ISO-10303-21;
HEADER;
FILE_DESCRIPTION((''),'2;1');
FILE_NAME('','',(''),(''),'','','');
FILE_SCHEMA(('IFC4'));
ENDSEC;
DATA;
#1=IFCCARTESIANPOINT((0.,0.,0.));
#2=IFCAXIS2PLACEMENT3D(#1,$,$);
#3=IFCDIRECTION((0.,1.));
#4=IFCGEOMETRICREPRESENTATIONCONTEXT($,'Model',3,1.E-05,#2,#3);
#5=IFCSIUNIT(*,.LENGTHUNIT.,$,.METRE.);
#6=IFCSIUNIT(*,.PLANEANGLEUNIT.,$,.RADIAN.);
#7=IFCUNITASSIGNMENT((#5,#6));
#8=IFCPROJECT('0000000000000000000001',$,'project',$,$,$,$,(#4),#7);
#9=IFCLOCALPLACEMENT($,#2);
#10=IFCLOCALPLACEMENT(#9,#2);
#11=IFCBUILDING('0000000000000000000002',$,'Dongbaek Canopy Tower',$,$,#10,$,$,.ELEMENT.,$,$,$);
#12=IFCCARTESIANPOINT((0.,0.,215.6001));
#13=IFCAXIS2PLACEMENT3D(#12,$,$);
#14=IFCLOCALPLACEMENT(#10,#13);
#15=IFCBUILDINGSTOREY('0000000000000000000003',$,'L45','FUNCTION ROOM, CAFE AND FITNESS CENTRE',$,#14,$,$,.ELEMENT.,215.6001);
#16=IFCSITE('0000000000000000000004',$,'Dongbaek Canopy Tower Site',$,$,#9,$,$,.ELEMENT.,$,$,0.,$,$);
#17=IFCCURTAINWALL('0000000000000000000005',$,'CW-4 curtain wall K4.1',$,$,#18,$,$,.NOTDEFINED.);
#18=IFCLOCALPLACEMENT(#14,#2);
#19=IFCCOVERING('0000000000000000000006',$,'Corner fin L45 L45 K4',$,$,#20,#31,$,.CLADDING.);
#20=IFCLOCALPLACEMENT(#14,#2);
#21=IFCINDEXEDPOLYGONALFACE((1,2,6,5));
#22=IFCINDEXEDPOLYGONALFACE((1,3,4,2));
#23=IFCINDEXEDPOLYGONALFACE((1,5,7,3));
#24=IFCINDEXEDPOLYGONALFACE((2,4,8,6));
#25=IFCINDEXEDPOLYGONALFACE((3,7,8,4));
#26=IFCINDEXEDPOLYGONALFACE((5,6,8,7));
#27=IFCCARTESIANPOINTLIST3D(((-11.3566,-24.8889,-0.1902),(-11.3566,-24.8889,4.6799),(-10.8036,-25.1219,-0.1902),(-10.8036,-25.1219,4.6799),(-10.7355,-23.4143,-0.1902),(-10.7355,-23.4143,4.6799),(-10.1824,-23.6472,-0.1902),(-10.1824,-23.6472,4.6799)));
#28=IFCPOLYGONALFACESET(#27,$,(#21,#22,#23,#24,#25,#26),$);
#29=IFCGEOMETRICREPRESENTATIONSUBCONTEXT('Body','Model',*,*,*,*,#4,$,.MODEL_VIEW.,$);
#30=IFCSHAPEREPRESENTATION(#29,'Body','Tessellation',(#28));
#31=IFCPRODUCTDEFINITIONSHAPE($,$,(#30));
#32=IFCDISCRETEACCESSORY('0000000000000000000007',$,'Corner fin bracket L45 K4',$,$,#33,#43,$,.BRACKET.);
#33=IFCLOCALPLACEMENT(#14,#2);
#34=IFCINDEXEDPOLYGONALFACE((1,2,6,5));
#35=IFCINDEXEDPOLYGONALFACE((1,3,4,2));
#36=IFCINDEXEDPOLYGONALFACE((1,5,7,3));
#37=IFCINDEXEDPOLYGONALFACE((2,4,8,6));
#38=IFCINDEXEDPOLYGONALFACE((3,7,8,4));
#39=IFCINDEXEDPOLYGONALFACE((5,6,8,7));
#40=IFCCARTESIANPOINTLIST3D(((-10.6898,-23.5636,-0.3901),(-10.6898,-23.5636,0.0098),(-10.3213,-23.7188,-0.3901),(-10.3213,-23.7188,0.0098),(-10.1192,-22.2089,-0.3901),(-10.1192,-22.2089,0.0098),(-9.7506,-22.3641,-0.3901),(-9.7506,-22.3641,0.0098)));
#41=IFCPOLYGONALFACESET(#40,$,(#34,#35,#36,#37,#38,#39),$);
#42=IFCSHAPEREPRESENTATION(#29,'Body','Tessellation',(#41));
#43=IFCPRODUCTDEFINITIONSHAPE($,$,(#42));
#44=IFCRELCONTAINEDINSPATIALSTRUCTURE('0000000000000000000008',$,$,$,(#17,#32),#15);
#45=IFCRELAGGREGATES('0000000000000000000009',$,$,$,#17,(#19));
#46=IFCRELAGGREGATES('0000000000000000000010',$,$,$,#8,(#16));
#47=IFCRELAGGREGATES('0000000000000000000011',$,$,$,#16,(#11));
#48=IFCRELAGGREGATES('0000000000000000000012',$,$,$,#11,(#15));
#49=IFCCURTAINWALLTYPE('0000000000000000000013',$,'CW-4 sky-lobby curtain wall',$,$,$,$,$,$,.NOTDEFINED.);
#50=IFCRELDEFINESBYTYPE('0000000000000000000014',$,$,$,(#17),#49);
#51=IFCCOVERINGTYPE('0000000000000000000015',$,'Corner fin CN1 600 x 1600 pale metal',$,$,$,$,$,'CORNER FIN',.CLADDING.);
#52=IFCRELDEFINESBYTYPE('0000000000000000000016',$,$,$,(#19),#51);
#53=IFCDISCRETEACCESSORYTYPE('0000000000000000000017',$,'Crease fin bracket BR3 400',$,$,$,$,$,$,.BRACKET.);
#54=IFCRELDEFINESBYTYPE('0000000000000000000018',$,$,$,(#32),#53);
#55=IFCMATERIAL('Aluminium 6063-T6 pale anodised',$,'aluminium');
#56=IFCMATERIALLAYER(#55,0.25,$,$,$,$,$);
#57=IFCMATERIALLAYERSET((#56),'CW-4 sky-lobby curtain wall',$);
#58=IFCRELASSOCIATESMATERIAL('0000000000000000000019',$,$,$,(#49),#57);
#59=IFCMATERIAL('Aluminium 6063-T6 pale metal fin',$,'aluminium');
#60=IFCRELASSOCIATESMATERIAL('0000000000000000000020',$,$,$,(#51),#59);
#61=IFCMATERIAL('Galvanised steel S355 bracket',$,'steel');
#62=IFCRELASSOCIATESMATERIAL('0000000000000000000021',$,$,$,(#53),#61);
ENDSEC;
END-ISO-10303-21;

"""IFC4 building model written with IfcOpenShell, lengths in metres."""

from ifc_helpers import new_model, si_unit, direction, frame, origin, origin_2d, place, context, subcontext, project, spatial, rectangle, extrude, material, layer, layer_set, material_profile, profile_set, type_object, element, aggregate, save


model = new_model("IFC4")

# Units and contexts
model_context = context("Model", 3, precision=1e-05, world=origin(), true_north=direction((0.0, 1.0)))
body_context = subcontext(model_context, "Body", "Model", "MODEL_VIEW")
ifc_project = project(units=[si_unit("LENGTHUNIT", "METRE"), si_unit("PLANEANGLEUNIT", "RADIAN")], contexts=[model_context])

# Site, building, storey
site_placement = place(None, origin())
site = spatial("IfcSite", under=ifc_project, at=site_placement, Name="Dongbaek Canopy Tower Site", CompositionType="ELEMENT", RefElevation=0.0)
building_placement = place(site_placement, origin())
building = spatial("IfcBuilding", under=site, at=building_placement, Name="Dongbaek Canopy Tower", CompositionType="ELEMENT")
storey_placement = place(building_placement, frame((0.0, 0.0, 215.6001)))
storey = spatial("IfcBuildingStorey", under=building, at=storey_placement, Name="L45", Description="FUNCTION ROOM, CAFE AND FITNESS CENTRE", CompositionType="ELEMENT", Elevation=215.6001)

# Curtain wall
ifc_material_1 = material(Name="Aluminium 6063-T6 pale anodised", Category="aluminium")
ifc_layer_1 = layer(ifc_material_1, 0.25)
ifc_layer_set_1 = layer_set([ifc_layer_1], Name="CW-4 sky-lobby curtain wall")
curtain_wall_type = type_object("IfcCurtainWallType", Name="CW-4 sky-lobby curtain wall", PredefinedType="NOTDEFINED", material=ifc_layer_set_1)
curtain_wall_1_placement = place(storey_placement, origin())
curtain_wall_1 = element("IfcCurtainWall", 1, at=curtain_wall_1_placement, inside=storey, type_object=curtain_wall_type, Name="CW-4 curtain wall K4.1", PredefinedType="NOTDEFINED")

# Covering
ifc_material_2 = material(Name="Aluminium 6063-T6 pale metal fin", Category="aluminium")
ifc_material_profile_1 = material_profile(ifc_material_2, rectangle(XDim=1.6001, YDim=0.6001, at=origin_2d()), Name="Corner fin CN1 600 x 1600 pale metal")
ifc_profile_set_1 = profile_set([ifc_material_profile_1], Name="Aluminium 6063-T6 pale metal fin")
covering_type = type_object("IfcCoveringType", Name="Corner fin CN1 600 x 1600 pale metal", ElementType="CORNER FIN", PredefinedType="CLADDING", material=ifc_profile_set_1)
covering_placement = place(storey_placement, frame((-10.7695, -24.2681, -0.1902), z_axis=(0.0, 0.0, 1.0), x_axis=(-0.388185, -0.921582, 0.0)))
covering = element("IfcCovering", 2, at=covering_placement, type_object=covering_type, Name="Corner fin L45 L45 K4", PredefinedType="CLADDING", context=body_context, shape_type="SweptSolid", body=[
    extrude(rectangle(XDim=1.6001, YDim=0.6001, at=origin_2d()), origin(), (0.0, 0.0, 1.0), 4.8701),
])
aggregate(curtain_wall_1, [covering])

# Discrete accessory
ifc_material_3 = material(Name="Galvanised steel S355 bracket", Category="steel")
discrete_accessory_type = type_object("IfcDiscreteAccessoryType", Name="Crease fin bracket BR3 400", PredefinedType="BRACKET", material=ifc_material_3)
discrete_accessory_placement = place(storey_placement, frame((-10.2202, -22.9639, -0.3901), z_axis=(0.0, 0.0, 1.0), x_axis=(-0.388185, -0.921582, 0.0)))
element("IfcDiscreteAccessory", 3, at=discrete_accessory_placement, inside=storey, type_object=discrete_accessory_type, Name="Corner fin bracket L45 K4", PredefinedType="BRACKET", context=body_context, shape_type="SweptSolid", body=[
    extrude(rectangle(XDim=1.47, YDim=0.3999, at=origin_2d()), origin(), (0.0, 0.0, 1.0), 0.3999),
])

save(model, "model.ifc")
